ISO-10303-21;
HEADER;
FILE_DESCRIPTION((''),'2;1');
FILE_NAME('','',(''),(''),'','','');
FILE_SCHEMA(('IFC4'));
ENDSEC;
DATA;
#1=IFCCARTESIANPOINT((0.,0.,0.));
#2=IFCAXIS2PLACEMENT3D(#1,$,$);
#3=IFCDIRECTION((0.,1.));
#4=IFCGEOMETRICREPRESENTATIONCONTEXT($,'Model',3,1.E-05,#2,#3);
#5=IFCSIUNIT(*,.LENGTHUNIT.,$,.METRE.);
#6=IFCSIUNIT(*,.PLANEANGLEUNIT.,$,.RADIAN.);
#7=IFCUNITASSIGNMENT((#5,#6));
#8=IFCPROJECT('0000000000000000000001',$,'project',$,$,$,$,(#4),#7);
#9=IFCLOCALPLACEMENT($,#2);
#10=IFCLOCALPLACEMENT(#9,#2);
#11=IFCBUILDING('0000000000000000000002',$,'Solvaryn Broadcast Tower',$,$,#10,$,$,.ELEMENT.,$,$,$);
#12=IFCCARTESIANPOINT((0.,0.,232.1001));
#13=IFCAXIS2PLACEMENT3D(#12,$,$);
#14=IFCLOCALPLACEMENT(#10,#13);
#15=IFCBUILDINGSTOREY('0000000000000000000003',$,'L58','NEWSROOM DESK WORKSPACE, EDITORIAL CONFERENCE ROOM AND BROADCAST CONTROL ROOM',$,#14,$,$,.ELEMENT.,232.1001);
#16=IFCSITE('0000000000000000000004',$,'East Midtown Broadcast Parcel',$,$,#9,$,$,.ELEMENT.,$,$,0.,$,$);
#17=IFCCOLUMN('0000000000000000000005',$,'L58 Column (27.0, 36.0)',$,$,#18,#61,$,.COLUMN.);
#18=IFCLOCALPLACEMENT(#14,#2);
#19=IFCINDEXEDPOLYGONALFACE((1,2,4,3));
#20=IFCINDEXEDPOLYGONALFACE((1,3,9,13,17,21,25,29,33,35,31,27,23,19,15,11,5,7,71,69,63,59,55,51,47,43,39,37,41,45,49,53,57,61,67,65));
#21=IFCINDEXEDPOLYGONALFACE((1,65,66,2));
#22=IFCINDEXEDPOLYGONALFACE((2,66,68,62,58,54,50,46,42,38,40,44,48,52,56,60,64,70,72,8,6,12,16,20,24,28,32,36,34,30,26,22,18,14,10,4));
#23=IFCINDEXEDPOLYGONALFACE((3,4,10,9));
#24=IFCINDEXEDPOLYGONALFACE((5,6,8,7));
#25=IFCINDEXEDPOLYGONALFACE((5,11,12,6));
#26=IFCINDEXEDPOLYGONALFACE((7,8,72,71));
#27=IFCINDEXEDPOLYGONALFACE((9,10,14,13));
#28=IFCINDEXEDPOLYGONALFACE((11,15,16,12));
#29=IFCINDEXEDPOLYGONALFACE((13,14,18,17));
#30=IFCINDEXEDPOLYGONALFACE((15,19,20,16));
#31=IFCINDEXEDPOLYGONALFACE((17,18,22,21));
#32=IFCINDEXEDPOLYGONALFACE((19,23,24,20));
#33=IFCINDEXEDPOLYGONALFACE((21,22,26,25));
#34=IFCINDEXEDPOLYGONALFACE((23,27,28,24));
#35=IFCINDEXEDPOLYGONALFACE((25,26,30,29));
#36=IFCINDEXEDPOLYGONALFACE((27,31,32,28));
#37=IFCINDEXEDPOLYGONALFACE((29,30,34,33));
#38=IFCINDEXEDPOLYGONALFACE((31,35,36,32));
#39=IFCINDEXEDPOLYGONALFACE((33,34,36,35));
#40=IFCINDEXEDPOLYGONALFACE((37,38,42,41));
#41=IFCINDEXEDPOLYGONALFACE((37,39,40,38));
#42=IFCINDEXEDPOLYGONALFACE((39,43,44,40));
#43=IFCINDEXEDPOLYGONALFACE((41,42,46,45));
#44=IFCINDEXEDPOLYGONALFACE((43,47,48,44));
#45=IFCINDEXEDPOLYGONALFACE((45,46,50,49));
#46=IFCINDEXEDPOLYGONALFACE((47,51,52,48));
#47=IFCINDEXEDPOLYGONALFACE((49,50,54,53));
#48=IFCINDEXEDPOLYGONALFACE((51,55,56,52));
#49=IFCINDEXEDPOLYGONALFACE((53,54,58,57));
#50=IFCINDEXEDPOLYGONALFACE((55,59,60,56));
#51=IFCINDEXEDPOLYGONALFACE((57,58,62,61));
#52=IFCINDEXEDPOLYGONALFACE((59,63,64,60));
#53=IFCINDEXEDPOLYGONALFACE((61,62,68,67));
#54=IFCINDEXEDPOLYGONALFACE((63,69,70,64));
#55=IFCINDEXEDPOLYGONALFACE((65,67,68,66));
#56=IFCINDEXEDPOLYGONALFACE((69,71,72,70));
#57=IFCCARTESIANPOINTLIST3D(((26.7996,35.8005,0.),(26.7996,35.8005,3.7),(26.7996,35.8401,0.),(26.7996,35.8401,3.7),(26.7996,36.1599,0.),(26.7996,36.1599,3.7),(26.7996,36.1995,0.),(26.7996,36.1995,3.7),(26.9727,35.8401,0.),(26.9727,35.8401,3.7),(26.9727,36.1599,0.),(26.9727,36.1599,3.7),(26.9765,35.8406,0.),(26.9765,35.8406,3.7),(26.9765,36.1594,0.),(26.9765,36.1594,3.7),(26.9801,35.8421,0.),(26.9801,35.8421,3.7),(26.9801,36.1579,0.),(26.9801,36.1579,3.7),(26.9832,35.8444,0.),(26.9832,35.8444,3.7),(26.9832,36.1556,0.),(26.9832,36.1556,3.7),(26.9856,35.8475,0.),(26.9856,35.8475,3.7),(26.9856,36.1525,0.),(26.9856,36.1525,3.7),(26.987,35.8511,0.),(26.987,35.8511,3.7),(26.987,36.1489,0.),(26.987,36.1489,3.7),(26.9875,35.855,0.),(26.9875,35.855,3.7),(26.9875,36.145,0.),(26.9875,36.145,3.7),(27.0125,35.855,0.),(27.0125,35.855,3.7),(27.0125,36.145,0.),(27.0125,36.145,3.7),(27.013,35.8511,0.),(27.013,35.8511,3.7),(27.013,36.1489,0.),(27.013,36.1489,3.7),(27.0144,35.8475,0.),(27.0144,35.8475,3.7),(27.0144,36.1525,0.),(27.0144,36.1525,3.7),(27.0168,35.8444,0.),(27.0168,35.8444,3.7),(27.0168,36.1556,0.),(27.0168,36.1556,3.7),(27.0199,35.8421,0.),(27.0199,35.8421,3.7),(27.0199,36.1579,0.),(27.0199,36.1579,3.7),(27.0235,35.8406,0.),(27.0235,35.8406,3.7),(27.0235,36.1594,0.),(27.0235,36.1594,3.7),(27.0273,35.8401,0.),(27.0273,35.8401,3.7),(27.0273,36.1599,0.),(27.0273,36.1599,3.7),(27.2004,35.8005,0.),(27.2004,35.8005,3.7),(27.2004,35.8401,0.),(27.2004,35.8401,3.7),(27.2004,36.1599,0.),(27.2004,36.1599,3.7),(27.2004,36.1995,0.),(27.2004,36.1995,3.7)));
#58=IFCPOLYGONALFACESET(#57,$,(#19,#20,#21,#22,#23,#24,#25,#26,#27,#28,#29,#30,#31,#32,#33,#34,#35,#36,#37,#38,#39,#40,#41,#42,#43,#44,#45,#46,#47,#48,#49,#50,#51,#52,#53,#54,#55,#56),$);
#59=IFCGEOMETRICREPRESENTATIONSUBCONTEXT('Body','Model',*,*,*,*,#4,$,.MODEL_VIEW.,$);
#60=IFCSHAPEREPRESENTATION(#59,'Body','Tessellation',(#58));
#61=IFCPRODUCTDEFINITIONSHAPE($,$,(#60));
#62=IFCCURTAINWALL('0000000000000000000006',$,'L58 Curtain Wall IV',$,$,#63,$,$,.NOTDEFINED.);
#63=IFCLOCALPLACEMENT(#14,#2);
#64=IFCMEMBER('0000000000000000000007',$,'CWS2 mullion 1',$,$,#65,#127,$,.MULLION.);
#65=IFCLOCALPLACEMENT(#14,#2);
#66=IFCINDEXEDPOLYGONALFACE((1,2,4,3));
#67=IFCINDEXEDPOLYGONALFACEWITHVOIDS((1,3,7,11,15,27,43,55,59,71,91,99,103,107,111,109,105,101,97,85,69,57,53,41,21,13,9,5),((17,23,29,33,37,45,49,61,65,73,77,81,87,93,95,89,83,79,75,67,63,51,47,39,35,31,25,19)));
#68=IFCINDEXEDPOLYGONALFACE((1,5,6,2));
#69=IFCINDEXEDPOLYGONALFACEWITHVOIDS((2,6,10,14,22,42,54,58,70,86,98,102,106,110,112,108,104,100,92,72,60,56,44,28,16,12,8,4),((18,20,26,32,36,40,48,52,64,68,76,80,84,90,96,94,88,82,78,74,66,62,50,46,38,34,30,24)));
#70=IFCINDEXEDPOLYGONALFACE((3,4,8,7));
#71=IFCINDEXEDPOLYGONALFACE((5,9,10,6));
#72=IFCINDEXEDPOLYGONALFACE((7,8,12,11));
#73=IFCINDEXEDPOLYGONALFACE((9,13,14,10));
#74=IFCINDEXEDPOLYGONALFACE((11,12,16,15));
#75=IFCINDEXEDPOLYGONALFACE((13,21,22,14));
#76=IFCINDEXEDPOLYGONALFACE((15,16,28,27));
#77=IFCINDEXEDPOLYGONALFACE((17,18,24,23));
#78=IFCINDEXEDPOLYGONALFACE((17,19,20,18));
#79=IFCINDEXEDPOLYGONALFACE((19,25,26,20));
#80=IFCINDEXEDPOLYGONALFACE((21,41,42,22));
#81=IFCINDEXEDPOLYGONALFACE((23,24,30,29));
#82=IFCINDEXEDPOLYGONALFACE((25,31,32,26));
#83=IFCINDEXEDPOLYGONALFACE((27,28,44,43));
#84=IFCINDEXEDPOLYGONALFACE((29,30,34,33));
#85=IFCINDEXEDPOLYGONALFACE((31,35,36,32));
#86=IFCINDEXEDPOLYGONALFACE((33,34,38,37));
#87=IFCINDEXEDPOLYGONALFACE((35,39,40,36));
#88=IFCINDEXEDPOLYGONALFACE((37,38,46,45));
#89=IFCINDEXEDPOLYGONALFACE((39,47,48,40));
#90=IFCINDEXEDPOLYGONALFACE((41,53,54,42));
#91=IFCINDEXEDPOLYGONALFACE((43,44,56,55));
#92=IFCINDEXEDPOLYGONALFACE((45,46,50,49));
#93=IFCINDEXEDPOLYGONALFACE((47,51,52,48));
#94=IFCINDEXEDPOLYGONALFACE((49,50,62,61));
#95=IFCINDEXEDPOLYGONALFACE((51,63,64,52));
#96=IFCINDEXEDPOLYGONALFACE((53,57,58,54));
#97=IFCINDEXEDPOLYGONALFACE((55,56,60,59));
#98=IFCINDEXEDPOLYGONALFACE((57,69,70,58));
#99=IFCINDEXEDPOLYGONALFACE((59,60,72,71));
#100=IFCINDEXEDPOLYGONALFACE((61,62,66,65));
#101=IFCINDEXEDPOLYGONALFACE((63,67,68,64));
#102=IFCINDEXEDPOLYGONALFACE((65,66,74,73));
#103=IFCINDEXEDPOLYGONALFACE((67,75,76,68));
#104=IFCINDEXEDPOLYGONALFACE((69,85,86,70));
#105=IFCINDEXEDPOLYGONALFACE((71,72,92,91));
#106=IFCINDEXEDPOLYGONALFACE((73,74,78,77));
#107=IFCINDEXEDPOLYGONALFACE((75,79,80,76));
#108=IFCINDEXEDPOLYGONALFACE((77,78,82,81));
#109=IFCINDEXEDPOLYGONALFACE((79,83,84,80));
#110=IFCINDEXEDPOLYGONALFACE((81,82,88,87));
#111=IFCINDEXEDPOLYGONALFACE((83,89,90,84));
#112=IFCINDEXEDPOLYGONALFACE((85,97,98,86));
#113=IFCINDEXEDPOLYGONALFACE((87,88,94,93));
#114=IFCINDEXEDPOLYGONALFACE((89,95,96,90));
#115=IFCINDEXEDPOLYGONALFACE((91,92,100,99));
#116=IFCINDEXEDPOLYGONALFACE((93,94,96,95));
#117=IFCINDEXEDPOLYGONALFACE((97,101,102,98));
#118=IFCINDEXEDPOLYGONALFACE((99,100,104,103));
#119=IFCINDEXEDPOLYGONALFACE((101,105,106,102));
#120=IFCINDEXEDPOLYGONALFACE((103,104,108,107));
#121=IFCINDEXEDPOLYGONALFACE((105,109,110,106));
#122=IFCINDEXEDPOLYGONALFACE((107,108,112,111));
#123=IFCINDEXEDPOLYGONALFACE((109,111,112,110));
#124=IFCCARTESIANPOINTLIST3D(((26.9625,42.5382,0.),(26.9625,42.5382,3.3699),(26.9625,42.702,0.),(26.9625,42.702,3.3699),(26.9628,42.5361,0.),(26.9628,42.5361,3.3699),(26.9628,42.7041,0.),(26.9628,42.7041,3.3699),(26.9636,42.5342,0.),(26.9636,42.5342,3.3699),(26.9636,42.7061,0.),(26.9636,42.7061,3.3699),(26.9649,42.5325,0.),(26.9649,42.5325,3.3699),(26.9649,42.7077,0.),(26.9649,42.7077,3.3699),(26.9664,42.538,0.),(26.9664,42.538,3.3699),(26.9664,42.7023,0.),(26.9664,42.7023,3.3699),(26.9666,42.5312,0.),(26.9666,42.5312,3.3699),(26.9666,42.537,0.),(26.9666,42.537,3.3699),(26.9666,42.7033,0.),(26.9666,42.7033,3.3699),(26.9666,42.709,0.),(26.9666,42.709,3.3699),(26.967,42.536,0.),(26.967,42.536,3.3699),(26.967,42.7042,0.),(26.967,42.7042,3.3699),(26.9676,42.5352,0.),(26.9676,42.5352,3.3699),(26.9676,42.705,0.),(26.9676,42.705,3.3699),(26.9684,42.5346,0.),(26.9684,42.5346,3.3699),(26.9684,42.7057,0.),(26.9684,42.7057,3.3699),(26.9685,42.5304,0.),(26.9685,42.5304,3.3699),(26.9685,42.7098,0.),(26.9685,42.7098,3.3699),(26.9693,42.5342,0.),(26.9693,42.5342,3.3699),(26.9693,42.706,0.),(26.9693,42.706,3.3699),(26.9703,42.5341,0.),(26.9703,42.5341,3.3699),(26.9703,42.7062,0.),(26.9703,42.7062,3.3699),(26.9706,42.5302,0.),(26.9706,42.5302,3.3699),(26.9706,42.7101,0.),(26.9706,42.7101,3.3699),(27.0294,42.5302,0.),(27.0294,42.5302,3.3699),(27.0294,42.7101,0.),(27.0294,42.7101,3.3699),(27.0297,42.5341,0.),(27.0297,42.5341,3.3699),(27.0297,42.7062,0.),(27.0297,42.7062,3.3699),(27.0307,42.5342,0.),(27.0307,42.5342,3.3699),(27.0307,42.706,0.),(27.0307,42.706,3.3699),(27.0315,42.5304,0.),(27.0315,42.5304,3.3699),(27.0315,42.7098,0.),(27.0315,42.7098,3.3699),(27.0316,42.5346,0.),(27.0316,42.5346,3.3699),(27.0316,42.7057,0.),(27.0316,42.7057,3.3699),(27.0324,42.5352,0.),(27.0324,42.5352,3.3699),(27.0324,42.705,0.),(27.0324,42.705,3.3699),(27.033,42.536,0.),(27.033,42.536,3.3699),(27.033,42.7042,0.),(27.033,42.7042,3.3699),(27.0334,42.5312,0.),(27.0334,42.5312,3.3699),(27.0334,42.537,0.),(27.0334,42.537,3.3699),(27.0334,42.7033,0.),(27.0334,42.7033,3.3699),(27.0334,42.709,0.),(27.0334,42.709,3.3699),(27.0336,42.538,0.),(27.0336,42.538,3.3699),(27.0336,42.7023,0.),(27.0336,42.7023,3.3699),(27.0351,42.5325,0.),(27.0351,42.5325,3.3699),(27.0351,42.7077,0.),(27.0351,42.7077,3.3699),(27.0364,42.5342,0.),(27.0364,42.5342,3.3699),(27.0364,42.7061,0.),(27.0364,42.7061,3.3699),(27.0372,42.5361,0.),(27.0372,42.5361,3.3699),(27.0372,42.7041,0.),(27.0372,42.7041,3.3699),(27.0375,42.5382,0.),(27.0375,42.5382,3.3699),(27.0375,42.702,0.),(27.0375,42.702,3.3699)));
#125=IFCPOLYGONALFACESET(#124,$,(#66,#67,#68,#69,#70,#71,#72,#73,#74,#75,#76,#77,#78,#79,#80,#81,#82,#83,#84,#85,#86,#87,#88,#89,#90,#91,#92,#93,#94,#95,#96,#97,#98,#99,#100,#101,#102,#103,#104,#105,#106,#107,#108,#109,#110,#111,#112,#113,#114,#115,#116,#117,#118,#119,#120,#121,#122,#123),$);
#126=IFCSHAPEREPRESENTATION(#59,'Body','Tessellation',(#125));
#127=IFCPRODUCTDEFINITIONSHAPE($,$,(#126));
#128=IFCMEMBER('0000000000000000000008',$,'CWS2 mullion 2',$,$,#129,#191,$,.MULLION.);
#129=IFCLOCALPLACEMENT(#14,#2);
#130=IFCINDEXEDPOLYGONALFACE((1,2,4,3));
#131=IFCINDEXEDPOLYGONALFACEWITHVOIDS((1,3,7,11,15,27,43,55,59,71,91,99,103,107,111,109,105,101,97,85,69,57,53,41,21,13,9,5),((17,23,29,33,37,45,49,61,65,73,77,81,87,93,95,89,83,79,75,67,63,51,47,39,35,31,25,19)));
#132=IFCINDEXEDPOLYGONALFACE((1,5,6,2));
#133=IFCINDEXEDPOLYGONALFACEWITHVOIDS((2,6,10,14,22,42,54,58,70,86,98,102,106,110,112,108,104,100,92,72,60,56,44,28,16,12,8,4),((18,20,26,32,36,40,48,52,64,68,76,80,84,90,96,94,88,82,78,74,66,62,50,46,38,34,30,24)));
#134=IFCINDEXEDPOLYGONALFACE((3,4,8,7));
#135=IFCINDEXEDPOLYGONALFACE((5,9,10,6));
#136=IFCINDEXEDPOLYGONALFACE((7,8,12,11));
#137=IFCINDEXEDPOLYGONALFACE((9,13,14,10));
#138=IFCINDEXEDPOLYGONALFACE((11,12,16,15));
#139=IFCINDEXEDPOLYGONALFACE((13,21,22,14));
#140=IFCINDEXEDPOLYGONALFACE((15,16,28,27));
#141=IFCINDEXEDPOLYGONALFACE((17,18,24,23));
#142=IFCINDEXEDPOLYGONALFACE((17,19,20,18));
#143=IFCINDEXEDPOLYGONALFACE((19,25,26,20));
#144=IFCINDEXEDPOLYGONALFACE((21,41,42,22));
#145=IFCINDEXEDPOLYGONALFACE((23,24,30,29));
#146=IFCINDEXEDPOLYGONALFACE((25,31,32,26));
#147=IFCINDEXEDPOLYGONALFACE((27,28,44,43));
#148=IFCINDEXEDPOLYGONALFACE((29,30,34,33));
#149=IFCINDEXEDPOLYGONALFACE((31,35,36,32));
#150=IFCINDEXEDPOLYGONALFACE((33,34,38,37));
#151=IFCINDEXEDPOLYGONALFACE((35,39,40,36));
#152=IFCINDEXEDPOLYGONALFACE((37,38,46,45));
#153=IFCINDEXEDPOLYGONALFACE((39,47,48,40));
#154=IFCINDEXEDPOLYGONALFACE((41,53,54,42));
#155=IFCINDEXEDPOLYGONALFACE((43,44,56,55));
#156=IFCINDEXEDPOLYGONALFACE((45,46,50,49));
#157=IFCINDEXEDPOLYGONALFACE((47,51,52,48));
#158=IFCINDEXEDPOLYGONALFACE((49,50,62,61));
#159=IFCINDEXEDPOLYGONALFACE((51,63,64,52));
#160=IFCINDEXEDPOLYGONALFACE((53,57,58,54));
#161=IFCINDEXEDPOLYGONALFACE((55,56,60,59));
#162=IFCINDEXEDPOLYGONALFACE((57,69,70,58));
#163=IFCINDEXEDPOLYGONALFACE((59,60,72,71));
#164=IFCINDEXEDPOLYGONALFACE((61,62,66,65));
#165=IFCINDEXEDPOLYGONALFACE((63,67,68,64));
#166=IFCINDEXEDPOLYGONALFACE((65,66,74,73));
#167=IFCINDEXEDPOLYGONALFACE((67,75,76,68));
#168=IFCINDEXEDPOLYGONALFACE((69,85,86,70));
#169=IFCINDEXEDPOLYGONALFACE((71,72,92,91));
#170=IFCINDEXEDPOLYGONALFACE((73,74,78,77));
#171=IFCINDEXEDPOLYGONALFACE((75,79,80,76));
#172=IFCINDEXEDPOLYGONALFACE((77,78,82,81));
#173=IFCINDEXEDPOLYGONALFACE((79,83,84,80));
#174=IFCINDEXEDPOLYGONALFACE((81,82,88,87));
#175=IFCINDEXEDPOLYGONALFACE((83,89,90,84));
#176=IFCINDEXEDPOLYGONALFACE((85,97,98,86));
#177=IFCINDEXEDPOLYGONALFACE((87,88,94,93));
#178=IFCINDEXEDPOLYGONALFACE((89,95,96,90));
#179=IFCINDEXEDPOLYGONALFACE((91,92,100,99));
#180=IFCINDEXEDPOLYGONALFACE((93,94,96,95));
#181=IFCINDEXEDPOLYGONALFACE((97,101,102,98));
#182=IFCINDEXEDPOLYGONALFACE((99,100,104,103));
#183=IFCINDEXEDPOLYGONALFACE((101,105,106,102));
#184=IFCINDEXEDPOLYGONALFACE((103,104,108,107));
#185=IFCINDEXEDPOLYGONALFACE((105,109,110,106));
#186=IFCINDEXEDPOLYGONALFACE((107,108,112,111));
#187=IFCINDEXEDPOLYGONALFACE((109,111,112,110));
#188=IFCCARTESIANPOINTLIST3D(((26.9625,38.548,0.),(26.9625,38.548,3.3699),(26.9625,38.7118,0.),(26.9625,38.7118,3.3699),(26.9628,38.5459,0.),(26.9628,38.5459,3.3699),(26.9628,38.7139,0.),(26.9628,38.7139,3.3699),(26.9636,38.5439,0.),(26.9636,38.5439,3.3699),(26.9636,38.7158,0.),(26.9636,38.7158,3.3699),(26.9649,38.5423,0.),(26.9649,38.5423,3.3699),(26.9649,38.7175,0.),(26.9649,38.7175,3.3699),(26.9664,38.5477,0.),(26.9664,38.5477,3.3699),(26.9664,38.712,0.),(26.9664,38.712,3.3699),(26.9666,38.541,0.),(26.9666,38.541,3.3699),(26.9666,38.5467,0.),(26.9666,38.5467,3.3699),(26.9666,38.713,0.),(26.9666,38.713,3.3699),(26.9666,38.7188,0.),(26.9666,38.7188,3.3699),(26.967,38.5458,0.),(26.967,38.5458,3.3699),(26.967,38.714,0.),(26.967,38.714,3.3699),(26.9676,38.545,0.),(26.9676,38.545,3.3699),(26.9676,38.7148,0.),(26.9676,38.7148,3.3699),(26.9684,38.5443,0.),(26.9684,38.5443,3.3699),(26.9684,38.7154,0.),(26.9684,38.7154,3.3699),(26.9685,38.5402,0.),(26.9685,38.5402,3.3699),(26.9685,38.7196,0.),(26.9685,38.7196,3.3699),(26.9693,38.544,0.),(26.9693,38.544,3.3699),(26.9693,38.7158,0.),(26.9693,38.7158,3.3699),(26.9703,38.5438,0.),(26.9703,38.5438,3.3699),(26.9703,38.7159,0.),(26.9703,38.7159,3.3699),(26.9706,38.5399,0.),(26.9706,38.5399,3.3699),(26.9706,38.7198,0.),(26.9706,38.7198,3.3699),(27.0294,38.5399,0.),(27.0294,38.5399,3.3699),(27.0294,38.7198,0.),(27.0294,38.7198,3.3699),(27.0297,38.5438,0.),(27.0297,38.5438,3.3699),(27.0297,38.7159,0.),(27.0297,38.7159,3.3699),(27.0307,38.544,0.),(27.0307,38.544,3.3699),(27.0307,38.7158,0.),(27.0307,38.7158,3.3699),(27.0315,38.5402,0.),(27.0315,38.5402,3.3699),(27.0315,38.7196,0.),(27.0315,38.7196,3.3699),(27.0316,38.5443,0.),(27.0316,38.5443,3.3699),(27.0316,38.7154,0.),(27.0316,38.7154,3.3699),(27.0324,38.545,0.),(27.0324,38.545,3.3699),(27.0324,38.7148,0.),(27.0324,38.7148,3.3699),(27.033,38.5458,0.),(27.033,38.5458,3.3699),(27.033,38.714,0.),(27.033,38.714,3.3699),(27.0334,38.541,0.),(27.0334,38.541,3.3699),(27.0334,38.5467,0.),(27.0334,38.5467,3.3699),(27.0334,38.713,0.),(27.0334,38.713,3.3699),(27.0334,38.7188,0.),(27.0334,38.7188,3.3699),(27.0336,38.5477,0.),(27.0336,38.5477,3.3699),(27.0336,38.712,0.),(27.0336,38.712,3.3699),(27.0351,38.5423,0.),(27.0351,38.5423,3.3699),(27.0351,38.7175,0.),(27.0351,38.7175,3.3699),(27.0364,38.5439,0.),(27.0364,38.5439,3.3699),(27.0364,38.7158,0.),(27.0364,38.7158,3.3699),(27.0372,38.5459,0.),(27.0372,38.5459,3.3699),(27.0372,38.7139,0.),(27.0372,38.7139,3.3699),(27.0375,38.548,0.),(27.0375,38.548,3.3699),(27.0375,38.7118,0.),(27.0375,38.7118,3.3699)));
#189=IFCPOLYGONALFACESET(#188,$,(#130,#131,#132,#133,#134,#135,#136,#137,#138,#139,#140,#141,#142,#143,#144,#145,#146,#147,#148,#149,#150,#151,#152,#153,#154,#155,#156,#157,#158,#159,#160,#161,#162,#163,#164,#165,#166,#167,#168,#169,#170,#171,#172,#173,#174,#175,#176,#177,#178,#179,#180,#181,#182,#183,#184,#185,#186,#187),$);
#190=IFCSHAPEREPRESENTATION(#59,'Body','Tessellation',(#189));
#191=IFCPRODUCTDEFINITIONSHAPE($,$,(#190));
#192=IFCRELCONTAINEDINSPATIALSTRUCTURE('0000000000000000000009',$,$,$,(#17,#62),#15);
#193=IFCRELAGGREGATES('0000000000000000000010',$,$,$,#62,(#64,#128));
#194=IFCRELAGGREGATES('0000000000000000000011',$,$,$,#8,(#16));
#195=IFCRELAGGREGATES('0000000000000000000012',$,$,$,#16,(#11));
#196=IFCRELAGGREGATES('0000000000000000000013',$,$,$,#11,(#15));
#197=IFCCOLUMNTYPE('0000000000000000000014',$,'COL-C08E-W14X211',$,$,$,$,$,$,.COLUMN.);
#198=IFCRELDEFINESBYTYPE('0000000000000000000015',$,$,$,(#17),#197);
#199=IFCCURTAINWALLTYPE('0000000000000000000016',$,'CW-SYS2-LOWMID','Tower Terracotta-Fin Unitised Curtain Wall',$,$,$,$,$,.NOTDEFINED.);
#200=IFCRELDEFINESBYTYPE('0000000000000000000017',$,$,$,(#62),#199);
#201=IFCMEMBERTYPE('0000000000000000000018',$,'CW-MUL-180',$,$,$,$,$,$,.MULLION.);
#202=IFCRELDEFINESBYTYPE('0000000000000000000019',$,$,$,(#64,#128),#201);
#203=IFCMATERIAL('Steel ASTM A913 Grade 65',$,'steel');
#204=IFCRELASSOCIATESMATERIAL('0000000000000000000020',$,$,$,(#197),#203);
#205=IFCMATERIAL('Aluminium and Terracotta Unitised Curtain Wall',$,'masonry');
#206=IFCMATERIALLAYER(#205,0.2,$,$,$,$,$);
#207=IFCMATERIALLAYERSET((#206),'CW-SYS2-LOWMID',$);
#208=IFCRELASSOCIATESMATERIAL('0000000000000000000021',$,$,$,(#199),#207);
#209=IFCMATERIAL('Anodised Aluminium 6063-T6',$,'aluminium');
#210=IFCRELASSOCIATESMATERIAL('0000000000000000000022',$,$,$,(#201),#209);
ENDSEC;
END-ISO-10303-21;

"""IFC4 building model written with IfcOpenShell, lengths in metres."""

from ifc_helpers import new_model, si_unit, direction, frame, origin, origin_2d, place, context, subcontext, project, spatial, hollow_rectangle, i_section, extrude, material, layer, layer_set, material_profile, profile_set, type_object, element, aggregate, save


model = new_model("IFC4")

# Units and contexts
model_context = context("Model", 3, precision=1e-05, world=origin(), true_north=direction((0.0, 1.0)))
body_context = subcontext(model_context, "Body", "Model", "MODEL_VIEW")
ifc_project = project(units=[si_unit("LENGTHUNIT", "METRE"), si_unit("PLANEANGLEUNIT", "RADIAN")], contexts=[model_context])

# Site, building, storey
site_placement = place(None, origin())
site = spatial("IfcSite", under=ifc_project, at=site_placement, Name="East Midtown Broadcast Parcel", CompositionType="ELEMENT", RefElevation=0.0)
building_placement = place(site_placement, origin())
building = spatial("IfcBuilding", under=site, at=building_placement, Name="Solvaryn Broadcast Tower", CompositionType="ELEMENT")
storey_placement = place(building_placement, frame((0.0, 0.0, 232.1001)))
storey = spatial("IfcBuildingStorey", under=building, at=storey_placement, Name="L58", Description="NEWSROOM DESK WORKSPACE, EDITORIAL CONFERENCE ROOM AND BROADCAST CONTROL ROOM", CompositionType="ELEMENT", Elevation=232.1001)

# Column
ifc_material_1 = material(Name="Steel ASTM A913 Grade 65", Category="steel")
ifc_material_profile_1 = material_profile(ifc_material_1, i_section(OverallWidth=0.4009, OverallDepth=0.3989, WebThickness=0.0249, FlangeThickness=0.0396, FilletRadius=0.0149, at=origin_2d()))
ifc_profile_set_1 = profile_set([ifc_material_profile_1], Name="Steel ASTM A913 Grade 65")
column_type = type_object("IfcColumnType", Name="COL-C08E-W14X211", PredefinedType="COLUMN", material=ifc_profile_set_1)
column_placement = place(storey_placement, frame((27.0, 36.0, 0.0), z_axis=(0.0, 0.0, 1.0), x_axis=(1.0, 0.0, 0.0)))
element("IfcColumn", 1, at=column_placement, inside=storey, type_object=column_type, Name="L58 Column (27.0, 36.0)", PredefinedType="COLUMN", context=body_context, shape_type="SweptSolid", body=[
    extrude(i_section(OverallWidth=0.4009, OverallDepth=0.3989, WebThickness=0.0249, FlangeThickness=0.0396, FilletRadius=0.0149, at=origin_2d()), origin(), (0.0, 0.0, 1.0), 3.7),
])

# Curtain wall, members
ifc_material_2 = material(Name="Aluminium and Terracotta Unitised Curtain Wall", Category="masonry")
ifc_layer_1 = layer(ifc_material_2, 0.2)
ifc_layer_set_1 = layer_set([ifc_layer_1], Name="CW-SYS2-LOWMID")
curtain_wall_type = type_object("IfcCurtainWallType", Name="CW-SYS2-LOWMID", Description="Tower Terracotta-Fin Unitised Curtain Wall", PredefinedType="NOTDEFINED", material=ifc_layer_set_1)
curtain_wall_1_placement = place(storey_placement, origin())
curtain_wall_1 = element("IfcCurtainWall", 2, at=curtain_wall_1_placement, inside=storey, type_object=curtain_wall_type, Name="L58 Curtain Wall IV", PredefinedType="NOTDEFINED")
ifc_material_3 = material(Name="Anodised Aluminium 6063-T6", Category="aluminium")
ifc_material_profile_2 = material_profile(ifc_material_3, hollow_rectangle(XDim=0.075, YDim=0.1799, WallThickness=0.0039, InnerFilletRadius=0.0039, OuterFilletRadius=0.0081, at=origin_2d()))
ifc_profile_set_2 = profile_set([ifc_material_profile_2], Name="Anodised Aluminium 6063-T6")
member_type_1 = type_object("IfcMemberType", Name="CW-MUL-180", PredefinedType="MULLION", material=ifc_profile_set_2)
member_1_placement = place(storey_placement, frame((27.0, 42.6201, 0.0), z_axis=(0.0, 0.0, 1.0), x_axis=(1.0, 0.0, 0.0)))
member_1 = element("IfcMember", 3, at=member_1_placement, type_object=member_type_1, Name="CWS2 mullion 1", PredefinedType="MULLION", context=body_context, shape_type="SweptSolid", body=[
    extrude(hollow_rectangle(XDim=0.075, YDim=0.1799, WallThickness=0.0039, InnerFilletRadius=0.0039, OuterFilletRadius=0.0081, at=origin_2d()), origin(), (0.0, 0.0, 1.0), 3.3699),
])
member_2_placement = place(storey_placement, frame((27.0, 38.6299, 0.0), z_axis=(0.0, 0.0, 1.0), x_axis=(1.0, 0.0, 0.0)))
member_2 = element("IfcMember", 4, at=member_2_placement, type_object=member_type_1, Name="CWS2 mullion 2", PredefinedType="MULLION", context=body_context, shape_type="SweptSolid", body=[
    extrude(hollow_rectangle(XDim=0.075, YDim=0.1799, WallThickness=0.0039, InnerFilletRadius=0.0039, OuterFilletRadius=0.0081, at=origin_2d()), origin(), (0.0, 0.0, 1.0), 3.3699),
])

aggregate(curtain_wall_1, [member_1, member_2])

save(model, "model.ifc")
